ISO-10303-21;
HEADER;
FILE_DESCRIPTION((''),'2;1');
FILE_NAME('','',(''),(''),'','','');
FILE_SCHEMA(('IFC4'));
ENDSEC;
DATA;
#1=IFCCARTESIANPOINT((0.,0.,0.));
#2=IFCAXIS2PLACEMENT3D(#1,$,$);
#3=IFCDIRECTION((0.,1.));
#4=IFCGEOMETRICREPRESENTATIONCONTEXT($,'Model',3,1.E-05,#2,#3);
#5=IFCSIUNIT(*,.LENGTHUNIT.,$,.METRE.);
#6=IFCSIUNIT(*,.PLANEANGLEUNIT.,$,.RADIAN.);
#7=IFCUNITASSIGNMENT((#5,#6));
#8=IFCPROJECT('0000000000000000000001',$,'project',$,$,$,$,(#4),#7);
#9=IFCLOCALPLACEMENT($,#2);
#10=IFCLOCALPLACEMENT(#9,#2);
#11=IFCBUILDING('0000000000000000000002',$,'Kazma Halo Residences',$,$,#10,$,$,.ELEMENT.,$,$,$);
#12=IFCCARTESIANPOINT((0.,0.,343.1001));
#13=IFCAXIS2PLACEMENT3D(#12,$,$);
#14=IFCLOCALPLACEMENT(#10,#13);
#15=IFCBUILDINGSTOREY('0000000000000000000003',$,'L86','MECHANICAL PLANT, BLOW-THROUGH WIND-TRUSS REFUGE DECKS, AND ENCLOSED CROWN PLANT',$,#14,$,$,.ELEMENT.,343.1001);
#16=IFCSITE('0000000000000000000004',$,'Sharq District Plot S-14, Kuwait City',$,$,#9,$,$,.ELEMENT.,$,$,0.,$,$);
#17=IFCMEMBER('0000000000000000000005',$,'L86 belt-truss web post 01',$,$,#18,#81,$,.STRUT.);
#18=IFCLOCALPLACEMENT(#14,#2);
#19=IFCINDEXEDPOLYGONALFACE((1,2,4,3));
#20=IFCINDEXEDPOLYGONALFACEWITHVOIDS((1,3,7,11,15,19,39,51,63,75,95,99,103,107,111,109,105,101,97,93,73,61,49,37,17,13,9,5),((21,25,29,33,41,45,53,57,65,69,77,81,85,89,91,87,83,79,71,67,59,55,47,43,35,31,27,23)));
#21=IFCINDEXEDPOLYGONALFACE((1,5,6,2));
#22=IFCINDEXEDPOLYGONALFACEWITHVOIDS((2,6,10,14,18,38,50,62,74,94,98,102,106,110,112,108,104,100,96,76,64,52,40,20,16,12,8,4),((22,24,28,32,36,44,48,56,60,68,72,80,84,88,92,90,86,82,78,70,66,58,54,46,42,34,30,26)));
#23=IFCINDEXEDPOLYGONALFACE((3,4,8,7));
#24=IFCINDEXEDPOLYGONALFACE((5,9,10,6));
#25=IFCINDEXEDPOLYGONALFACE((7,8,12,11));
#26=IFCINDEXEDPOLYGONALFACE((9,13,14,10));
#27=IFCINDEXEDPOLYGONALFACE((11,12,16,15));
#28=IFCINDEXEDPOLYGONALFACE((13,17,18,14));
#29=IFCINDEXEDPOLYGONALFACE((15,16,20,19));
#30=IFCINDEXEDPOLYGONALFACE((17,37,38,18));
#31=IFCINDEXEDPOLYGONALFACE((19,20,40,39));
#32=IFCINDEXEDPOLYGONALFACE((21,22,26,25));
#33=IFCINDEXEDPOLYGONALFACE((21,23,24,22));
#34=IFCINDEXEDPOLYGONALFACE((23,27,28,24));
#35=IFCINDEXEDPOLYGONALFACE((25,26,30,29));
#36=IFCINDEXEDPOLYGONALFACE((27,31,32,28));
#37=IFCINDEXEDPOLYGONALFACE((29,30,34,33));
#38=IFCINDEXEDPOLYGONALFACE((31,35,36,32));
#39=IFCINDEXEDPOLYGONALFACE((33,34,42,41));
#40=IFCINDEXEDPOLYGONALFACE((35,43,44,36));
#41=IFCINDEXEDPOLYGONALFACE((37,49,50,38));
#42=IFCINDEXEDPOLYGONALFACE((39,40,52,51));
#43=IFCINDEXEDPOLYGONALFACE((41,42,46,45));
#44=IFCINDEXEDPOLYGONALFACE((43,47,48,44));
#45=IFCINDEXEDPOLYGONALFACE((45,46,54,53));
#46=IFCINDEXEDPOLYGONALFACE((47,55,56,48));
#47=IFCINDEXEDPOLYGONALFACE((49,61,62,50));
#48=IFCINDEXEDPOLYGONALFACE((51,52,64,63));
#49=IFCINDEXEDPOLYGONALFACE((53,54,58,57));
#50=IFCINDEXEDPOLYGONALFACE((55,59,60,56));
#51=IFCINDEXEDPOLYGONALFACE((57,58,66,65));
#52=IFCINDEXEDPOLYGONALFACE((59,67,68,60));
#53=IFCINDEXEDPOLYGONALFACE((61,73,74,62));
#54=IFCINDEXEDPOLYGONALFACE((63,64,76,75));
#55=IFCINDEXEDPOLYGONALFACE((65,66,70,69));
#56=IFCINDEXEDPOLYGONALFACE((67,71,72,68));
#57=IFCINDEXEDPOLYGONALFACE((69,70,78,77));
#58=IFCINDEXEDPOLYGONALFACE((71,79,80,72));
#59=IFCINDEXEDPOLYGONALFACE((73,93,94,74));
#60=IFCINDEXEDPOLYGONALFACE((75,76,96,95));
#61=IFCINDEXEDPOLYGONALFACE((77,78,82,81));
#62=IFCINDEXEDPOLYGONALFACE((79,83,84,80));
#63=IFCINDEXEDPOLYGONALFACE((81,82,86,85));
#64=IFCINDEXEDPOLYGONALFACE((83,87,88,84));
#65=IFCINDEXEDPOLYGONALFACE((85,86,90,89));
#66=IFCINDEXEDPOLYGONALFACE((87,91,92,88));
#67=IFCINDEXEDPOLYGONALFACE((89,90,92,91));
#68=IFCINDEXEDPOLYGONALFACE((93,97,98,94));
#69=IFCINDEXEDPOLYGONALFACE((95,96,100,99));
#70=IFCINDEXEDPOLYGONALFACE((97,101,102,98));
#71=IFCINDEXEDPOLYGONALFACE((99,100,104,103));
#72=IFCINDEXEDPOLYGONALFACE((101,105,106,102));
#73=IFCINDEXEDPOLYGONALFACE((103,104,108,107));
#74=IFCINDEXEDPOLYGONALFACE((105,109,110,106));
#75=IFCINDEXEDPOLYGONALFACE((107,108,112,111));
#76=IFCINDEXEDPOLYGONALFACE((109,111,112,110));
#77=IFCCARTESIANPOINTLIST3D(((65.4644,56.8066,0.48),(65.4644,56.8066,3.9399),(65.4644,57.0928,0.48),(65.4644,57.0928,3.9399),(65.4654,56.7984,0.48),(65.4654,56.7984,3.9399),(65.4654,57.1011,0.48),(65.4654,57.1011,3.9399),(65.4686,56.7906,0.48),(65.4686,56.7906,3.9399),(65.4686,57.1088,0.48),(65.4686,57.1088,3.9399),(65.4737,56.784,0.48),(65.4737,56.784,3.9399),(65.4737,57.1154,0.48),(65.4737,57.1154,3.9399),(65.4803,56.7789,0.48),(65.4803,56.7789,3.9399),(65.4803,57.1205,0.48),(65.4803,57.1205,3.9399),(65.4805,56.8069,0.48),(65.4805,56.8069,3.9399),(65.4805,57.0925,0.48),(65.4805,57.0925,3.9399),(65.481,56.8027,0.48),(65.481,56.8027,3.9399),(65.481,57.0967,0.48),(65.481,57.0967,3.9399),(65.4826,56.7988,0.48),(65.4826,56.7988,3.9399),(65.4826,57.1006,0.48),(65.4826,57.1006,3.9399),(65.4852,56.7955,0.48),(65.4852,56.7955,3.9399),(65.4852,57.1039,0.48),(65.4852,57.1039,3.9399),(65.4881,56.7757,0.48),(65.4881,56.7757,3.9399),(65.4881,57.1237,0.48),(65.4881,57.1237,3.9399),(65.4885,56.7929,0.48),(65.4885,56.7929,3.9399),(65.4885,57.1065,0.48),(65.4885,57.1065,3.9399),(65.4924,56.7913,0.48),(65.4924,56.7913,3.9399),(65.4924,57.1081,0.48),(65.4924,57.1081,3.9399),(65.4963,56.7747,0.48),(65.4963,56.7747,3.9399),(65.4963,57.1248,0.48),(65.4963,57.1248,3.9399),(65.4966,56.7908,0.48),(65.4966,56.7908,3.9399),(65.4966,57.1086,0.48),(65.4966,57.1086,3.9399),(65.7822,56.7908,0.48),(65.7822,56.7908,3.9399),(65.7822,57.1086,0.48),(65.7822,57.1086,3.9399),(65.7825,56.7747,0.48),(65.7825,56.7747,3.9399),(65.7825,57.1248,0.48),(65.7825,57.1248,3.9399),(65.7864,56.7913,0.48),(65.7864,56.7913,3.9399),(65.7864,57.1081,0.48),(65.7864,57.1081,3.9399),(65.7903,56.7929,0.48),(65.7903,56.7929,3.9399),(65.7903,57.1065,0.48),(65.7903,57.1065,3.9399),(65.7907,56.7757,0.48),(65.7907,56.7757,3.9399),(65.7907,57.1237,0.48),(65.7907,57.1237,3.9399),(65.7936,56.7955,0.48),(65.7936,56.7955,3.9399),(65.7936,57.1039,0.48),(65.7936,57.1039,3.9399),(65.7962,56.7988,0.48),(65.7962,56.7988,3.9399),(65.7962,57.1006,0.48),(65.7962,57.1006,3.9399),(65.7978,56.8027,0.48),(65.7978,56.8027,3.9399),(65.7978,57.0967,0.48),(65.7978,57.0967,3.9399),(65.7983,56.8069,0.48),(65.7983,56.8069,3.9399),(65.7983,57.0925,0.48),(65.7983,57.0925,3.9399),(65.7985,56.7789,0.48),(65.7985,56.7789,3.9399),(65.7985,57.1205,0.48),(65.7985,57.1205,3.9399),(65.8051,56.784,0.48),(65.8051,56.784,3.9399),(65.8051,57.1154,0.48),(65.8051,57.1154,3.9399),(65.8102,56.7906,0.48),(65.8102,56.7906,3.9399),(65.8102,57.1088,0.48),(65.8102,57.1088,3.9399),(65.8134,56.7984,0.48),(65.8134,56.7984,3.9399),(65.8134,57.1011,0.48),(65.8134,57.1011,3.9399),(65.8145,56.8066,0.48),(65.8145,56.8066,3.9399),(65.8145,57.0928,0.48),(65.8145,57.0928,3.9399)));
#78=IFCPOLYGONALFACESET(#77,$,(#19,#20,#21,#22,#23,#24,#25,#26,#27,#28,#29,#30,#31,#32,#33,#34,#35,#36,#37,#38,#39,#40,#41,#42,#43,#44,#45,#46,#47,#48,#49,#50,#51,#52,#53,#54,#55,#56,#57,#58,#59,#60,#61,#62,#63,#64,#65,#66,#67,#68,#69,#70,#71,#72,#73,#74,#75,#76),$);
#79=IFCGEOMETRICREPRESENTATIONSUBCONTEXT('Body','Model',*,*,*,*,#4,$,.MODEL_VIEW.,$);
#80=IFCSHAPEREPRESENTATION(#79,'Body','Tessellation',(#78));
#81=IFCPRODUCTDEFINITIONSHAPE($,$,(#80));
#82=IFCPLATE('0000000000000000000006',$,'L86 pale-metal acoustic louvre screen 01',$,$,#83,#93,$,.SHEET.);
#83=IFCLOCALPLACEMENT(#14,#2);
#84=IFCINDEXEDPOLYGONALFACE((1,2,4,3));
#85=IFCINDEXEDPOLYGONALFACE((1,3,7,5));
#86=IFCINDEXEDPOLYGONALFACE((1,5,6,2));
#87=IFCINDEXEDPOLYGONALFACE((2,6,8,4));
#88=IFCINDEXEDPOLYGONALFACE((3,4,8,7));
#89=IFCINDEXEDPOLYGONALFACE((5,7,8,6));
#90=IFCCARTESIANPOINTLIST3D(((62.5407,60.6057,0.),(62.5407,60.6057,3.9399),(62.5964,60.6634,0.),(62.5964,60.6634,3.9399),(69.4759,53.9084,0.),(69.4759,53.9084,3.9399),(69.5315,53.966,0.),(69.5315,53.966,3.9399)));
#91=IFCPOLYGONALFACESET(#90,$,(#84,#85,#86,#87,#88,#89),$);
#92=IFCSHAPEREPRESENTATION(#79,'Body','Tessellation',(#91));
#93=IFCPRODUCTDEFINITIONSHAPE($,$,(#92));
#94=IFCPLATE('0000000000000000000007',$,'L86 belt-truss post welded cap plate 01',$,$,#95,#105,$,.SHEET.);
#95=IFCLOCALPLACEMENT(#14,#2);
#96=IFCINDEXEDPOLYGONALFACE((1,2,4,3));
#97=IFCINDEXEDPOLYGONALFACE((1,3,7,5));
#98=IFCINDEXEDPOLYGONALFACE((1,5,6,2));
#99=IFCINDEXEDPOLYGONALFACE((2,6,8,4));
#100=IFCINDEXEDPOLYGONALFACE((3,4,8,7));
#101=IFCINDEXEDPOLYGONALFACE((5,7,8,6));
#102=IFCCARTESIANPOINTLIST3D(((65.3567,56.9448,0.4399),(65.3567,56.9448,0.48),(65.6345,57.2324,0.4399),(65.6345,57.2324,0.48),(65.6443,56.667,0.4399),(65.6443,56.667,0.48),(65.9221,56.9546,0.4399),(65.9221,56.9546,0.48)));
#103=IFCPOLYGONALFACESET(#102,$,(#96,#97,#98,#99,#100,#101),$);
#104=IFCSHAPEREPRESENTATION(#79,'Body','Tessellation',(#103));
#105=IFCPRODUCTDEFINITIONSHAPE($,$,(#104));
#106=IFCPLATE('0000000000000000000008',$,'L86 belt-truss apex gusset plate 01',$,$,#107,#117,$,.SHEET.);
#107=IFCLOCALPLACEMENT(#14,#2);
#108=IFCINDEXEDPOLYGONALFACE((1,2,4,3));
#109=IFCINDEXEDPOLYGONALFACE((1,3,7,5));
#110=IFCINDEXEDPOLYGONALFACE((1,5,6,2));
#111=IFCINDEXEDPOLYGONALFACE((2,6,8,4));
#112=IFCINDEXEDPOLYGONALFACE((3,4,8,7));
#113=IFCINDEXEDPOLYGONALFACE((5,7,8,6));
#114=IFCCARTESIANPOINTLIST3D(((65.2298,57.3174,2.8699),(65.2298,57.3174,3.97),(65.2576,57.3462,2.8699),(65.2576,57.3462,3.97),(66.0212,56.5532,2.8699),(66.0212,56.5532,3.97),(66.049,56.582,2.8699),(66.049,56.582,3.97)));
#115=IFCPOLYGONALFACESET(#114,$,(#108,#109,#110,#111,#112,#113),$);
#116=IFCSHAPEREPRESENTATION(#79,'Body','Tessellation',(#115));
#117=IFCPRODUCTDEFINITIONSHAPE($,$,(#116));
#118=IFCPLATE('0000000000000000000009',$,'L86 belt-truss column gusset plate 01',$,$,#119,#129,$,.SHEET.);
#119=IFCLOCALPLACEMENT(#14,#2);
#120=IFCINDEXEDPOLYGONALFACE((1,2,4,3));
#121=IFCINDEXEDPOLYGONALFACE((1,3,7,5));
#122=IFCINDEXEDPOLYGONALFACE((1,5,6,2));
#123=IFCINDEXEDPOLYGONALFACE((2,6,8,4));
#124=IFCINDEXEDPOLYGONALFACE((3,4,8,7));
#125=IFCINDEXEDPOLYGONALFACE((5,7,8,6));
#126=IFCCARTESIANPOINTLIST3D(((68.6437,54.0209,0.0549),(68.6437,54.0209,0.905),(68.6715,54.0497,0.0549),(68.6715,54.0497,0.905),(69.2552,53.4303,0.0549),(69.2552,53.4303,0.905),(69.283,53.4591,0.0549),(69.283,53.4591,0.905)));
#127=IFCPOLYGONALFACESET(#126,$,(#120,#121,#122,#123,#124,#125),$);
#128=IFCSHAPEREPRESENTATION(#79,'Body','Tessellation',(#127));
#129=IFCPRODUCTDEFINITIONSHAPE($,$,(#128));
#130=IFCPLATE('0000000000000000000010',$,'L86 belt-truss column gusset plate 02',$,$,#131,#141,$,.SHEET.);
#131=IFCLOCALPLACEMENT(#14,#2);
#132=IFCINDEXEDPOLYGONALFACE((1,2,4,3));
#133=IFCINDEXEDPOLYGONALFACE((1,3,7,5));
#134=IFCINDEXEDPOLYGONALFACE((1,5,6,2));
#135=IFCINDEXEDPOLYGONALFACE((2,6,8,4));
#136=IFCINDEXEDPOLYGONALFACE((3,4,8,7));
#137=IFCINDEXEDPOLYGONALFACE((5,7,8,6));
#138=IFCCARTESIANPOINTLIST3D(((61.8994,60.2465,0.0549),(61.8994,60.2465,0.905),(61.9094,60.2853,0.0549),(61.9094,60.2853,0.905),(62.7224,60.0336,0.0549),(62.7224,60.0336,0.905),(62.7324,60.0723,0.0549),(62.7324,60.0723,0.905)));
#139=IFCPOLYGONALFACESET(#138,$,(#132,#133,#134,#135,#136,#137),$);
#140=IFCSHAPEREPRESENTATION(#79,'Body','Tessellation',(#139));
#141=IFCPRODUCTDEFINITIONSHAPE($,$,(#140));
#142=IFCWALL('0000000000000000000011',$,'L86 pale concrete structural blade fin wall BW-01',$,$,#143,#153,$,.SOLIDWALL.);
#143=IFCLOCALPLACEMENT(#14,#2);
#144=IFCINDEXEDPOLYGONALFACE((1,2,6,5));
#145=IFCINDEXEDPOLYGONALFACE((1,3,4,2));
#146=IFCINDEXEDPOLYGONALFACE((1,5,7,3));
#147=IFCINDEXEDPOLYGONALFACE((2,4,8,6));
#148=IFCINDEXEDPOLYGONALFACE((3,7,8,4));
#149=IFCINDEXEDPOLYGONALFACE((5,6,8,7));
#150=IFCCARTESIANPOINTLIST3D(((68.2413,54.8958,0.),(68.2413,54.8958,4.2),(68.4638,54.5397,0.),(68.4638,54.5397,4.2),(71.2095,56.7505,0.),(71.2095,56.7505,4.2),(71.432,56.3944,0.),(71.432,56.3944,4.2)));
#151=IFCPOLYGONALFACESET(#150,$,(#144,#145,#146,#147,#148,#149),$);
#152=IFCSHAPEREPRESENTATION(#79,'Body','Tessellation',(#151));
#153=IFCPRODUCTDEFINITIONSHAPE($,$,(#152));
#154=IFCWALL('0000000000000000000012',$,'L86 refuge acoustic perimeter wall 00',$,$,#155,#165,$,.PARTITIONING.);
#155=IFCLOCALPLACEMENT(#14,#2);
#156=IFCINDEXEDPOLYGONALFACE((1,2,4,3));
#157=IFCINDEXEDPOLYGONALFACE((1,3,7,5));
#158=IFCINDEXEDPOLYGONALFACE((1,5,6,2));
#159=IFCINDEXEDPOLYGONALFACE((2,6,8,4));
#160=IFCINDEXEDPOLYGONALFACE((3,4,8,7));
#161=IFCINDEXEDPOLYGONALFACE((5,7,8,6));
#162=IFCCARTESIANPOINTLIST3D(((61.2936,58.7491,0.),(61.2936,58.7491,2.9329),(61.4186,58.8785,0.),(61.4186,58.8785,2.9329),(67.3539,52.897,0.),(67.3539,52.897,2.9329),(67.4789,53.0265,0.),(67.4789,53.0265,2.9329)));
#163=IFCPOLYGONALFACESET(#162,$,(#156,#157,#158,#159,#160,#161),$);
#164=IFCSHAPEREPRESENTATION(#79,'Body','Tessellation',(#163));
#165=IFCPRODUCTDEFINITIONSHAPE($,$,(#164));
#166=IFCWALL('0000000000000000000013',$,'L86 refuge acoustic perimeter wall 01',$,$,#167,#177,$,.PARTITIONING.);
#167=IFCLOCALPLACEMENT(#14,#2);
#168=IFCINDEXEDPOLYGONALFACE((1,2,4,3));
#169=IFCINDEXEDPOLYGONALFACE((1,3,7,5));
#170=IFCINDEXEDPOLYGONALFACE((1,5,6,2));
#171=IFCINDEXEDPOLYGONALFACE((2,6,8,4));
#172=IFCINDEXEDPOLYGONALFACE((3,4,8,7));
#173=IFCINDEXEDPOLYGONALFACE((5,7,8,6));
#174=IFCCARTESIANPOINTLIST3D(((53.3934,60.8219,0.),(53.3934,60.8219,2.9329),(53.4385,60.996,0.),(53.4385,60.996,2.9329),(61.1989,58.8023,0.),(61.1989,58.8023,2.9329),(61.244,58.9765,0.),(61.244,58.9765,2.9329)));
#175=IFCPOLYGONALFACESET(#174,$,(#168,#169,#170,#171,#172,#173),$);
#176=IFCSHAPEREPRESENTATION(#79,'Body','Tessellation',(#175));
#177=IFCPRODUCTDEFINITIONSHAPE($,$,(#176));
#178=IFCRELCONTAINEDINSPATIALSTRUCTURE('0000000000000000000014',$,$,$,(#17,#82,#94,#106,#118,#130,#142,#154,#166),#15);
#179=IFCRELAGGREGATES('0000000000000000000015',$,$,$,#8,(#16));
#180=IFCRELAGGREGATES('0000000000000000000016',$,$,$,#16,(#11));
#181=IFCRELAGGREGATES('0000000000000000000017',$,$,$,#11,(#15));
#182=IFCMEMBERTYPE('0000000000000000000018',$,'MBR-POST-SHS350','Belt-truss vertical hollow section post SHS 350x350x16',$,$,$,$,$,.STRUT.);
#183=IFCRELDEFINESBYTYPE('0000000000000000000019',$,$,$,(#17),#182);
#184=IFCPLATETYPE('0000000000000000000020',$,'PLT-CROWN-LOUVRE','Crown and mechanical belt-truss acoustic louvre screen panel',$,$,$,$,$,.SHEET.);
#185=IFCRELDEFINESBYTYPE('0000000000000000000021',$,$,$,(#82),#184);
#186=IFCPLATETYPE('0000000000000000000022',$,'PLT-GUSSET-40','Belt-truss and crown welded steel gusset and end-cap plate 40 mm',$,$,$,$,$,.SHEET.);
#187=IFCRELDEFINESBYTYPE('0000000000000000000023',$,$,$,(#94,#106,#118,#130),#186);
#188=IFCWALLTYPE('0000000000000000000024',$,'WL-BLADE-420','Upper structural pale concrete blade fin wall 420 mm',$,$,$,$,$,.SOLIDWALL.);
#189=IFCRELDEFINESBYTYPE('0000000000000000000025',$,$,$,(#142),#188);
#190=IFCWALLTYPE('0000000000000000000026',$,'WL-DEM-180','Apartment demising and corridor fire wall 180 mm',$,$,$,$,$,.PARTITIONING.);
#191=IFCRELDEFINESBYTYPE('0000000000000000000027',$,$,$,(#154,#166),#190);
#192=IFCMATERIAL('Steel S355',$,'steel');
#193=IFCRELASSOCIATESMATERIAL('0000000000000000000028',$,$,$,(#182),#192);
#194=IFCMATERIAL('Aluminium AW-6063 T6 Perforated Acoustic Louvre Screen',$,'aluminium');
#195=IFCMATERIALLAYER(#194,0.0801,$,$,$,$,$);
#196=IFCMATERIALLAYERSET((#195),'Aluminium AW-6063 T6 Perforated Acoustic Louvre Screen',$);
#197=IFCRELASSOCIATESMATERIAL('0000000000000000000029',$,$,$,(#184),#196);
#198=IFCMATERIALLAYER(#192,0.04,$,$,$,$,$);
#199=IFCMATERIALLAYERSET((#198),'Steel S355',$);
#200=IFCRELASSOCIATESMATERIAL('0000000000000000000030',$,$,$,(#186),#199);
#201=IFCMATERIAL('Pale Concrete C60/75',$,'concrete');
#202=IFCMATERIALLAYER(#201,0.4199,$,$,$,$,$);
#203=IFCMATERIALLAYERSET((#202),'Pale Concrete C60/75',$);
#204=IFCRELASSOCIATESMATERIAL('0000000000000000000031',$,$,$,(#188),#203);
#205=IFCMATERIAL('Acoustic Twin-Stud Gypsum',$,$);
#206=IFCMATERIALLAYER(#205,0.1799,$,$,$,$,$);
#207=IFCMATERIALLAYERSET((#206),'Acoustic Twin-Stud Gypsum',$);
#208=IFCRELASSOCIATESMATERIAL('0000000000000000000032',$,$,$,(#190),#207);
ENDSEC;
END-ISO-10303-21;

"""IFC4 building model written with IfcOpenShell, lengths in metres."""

from ifc_helpers import new_model, si_unit, direction, frame, frame_2d, origin, origin_2d, place, context, subcontext, project, spatial, rectangle, hollow_rectangle, extrude, material, layer, layer_set, material_profile, profile_set, type_object, element, save


model = new_model("IFC4")

# Units and contexts
model_context = context("Model", 3, precision=1e-05, world=origin(), true_north=direction((0.0, 1.0)))
body_context = subcontext(model_context, "Body", "Model", "MODEL_VIEW")
ifc_project = project(units=[si_unit("LENGTHUNIT", "METRE"), si_unit("PLANEANGLEUNIT", "RADIAN")], contexts=[model_context])

# Site, building, storey
site_placement = place(None, origin())
site = spatial("IfcSite", under=ifc_project, at=site_placement, Name="Sharq District Plot S-14, Kuwait City", CompositionType="ELEMENT", RefElevation=0.0)
building_placement = place(site_placement, origin())
building = spatial("IfcBuilding", under=site, at=building_placement, Name="Kazma Halo Residences", CompositionType="ELEMENT")
storey_placement = place(building_placement, frame((0.0, 0.0, 343.1001)))
storey = spatial("IfcBuildingStorey", under=building, at=storey_placement, Name="L86", Description="MECHANICAL PLANT, BLOW-THROUGH WIND-TRUSS REFUGE DECKS, AND ENCLOSED CROWN PLANT", CompositionType="ELEMENT", Elevation=343.1001)

# Shared definitions
ifc_material_1 = material(Name="Steel S355", Category="steel")

# Member
ifc_material_profile_1 = material_profile(ifc_material_1, hollow_rectangle(XDim=0.3501, YDim=0.3501, WallThickness=0.0161, InnerFilletRadius=0.0161, OuterFilletRadius=0.032, at=origin_2d()), Name="SHS350x350x16")
ifc_profile_set_1 = profile_set([ifc_material_profile_1], Name="Steel S355")
member_type_1 = type_object("IfcMemberType", Name="MBR-POST-SHS350", Description="Belt-truss vertical hollow section post SHS 350x350x16", PredefinedType="STRUT", material=ifc_profile_set_1)
member_1_placement = place(storey_placement, frame((65.6394, 56.9497, 0.48), z_axis=(0.0, 0.0, 1.0), x_axis=(1.0, 0.0, 0.0)))
element("IfcMember", 1, at=member_1_placement, inside=storey, type_object=member_type_1, Name="L86 belt-truss web post 01", PredefinedType="STRUT", context=body_context, shape_type="SweptSolid", body=[
    extrude(hollow_rectangle(XDim=0.3501, YDim=0.3501, WallThickness=0.0161, InnerFilletRadius=0.0161, OuterFilletRadius=0.032, at=origin_2d()), origin(), (0.0, 0.0, 1.0), 3.46),
])

# Plates
ifc_material_2 = material(Name="Aluminium AW-6063 T6 Perforated Acoustic Louvre Screen", Category="aluminium")
ifc_layer_1 = layer(ifc_material_2, 0.0801)
ifc_layer_set_1 = layer_set([ifc_layer_1], Name="Aluminium AW-6063 T6 Perforated Acoustic Louvre Screen")
plate_type_1 = type_object("IfcPlateType", Name="PLT-CROWN-LOUVRE", Description="Crown and mechanical belt-truss acoustic louvre screen panel", PredefinedType="SHEET", material=ifc_layer_set_1)
plate_1_placement = place(storey_placement, frame((66.0361, 57.2859, 0.0), z_axis=(0.0, 0.0, 1.0), x_axis=(-0.719335, 0.694663, 0.0)))
element("IfcPlate", 2, at=plate_1_placement, inside=storey, type_object=plate_type_1, Name="L86 pale-metal acoustic louvre screen 01", PredefinedType="SHEET", context=body_context, shape_type="SweptSolid", body=[
    extrude(rectangle(XDim=9.6411, YDim=0.0801, at=origin_2d()), origin(), (0.0, 0.0, 1.0), 3.9399),
])
ifc_layer_2 = layer(ifc_material_1, 0.04)
ifc_layer_set_2 = layer_set([ifc_layer_2], Name="Steel S355")
plate_type_2 = type_object("IfcPlateType", Name="PLT-GUSSET-40", Description="Belt-truss and crown welded steel gusset and end-cap plate 40 mm", PredefinedType="SHEET", material=ifc_layer_set_2)
plate_2_placement = place(storey_placement, frame((65.6394, 56.9497, 0.4399), z_axis=(0.0, 0.0, 1.0), x_axis=(-0.719335, 0.694663, 0.0)))
element("IfcPlate", 3, at=plate_2_placement, inside=storey, type_object=plate_type_2, Name="L86 belt-truss post welded cap plate 01", PredefinedType="SHEET", context=body_context, shape_type="SweptSolid", body=[
    extrude(rectangle(XDim=0.3999, YDim=0.3999, at=origin_2d()), origin(), (0.0, 0.0, 1.0), 0.04),
])
plate_3_placement = place(storey_placement, frame((65.6394, 56.9497, 2.8699), z_axis=(0.0, 0.0, 1.0), x_axis=(-0.719335, 0.694663, 0.0)))
element("IfcPlate", 4, at=plate_3_placement, inside=storey, type_object=plate_type_2, Name="L86 belt-truss apex gusset plate 01", PredefinedType="SHEET", context=body_context, shape_type="SweptSolid", body=[
    extrude(rectangle(XDim=1.1001, YDim=0.04, at=origin_2d()), origin(), (0.0, 0.0, 1.0), 1.1001),
])
for number, where, z_axis, x_axis, name in (
    (5, (68.9634, 53.74, 0.0549), (0.0, 0.0, 1.0), (-0.719335, 0.694663, 0.0), "L86 belt-truss column gusset plate 01"),
    (6, (62.3159, 60.1594, 0.0549), (0.0, 0.0, 1.0), (-0.968126, 0.250463, 0.0), "L86 belt-truss column gusset plate 02"),
):
    element("IfcPlate", number, at=place(storey_placement, frame(where, z_axis=z_axis, x_axis=x_axis)), inside=storey, type_object=plate_type_2, Name=name, PredefinedType="SHEET", context=body_context, shape_type="SweptSolid", body=[
        extrude(rectangle(XDim=0.8501, YDim=0.04, at=origin_2d()), origin(), (0.0, 0.0, 1.0), 0.8501),
    ])

# Walls
ifc_material_3 = material(Name="Pale Concrete C60/75", Category="concrete")
ifc_layer_3 = layer(ifc_material_3, 0.4199)
ifc_layer_set_3 = layer_set([ifc_layer_3], Name="Pale Concrete C60/75")
wall_type_1 = type_object("IfcWallType", Name="WL-BLADE-420", Description="Upper structural pale concrete blade fin wall 420 mm", PredefinedType="SOLIDWALL", material=ifc_layer_set_3)
wall_1_placement = place(storey_placement, frame((68.3525, 54.7178, 0.0), z_axis=(0.0, 0.0, 1.0), x_axis=(0.848053, 0.529911, 0.0)))
element("IfcWall", 7, at=wall_1_placement, inside=storey, type_object=wall_type_1, Name="L86 pale concrete structural blade fin wall BW-01", PredefinedType="SOLIDWALL", context=body_context, shape_type="SweptSolid", body=[
    extrude(rectangle(XDim=3.5, YDim=0.4199, at=frame_2d((1.75, 0.0))), origin(), (0.0, 0.0, 1.0), 4.2),
])
ifc_material_4 = material(Name="Acoustic Twin-Stud Gypsum")
ifc_layer_4 = layer(ifc_material_4, 0.1799)
ifc_layer_set_4 = layer_set([ifc_layer_4], Name="Acoustic Twin-Stud Gypsum")
wall_type_2 = type_object("IfcWallType", Name="WL-DEM-180", Description="Apartment demising and corridor fire wall 180 mm", PredefinedType="PARTITIONING", material=ifc_layer_set_4)
wall_2_placement = place(storey_placement, frame((67.4165, 52.9617, 0.0), z_axis=(0.0, 0.0, 1.0), x_axis=(-0.719359, 0.694639, 0.0)))
element("IfcWall", 8, at=wall_2_placement, inside=storey, type_object=wall_type_2, Name="L86 refuge acoustic perimeter wall 00", PredefinedType="PARTITIONING", context=body_context, shape_type="SweptSolid", body=[
    extrude(rectangle(XDim=8.4246, YDim=0.1799, at=frame_2d((4.2124, 0.0))), origin(), (0.0, 0.0, 1.0), 2.9329),
])
wall_3_placement = place(storey_placement, frame((61.2214, 58.8894, 0.0), z_axis=(0.0, 0.0, 1.0), x_axis=(-0.96812, 0.250486, 0.0)))
element("IfcWall", 9, at=wall_3_placement, inside=storey, type_object=wall_type_2, Name="L86 refuge acoustic perimeter wall 01", PredefinedType="PARTITIONING", context=body_context, shape_type="SweptSolid", body=[
    extrude(rectangle(XDim=8.0625, YDim=0.1799, at=frame_2d((4.0312, 0.0))), origin(), (0.0, 0.0, 1.0), 2.9329),
])

save(model, "model.ifc")
